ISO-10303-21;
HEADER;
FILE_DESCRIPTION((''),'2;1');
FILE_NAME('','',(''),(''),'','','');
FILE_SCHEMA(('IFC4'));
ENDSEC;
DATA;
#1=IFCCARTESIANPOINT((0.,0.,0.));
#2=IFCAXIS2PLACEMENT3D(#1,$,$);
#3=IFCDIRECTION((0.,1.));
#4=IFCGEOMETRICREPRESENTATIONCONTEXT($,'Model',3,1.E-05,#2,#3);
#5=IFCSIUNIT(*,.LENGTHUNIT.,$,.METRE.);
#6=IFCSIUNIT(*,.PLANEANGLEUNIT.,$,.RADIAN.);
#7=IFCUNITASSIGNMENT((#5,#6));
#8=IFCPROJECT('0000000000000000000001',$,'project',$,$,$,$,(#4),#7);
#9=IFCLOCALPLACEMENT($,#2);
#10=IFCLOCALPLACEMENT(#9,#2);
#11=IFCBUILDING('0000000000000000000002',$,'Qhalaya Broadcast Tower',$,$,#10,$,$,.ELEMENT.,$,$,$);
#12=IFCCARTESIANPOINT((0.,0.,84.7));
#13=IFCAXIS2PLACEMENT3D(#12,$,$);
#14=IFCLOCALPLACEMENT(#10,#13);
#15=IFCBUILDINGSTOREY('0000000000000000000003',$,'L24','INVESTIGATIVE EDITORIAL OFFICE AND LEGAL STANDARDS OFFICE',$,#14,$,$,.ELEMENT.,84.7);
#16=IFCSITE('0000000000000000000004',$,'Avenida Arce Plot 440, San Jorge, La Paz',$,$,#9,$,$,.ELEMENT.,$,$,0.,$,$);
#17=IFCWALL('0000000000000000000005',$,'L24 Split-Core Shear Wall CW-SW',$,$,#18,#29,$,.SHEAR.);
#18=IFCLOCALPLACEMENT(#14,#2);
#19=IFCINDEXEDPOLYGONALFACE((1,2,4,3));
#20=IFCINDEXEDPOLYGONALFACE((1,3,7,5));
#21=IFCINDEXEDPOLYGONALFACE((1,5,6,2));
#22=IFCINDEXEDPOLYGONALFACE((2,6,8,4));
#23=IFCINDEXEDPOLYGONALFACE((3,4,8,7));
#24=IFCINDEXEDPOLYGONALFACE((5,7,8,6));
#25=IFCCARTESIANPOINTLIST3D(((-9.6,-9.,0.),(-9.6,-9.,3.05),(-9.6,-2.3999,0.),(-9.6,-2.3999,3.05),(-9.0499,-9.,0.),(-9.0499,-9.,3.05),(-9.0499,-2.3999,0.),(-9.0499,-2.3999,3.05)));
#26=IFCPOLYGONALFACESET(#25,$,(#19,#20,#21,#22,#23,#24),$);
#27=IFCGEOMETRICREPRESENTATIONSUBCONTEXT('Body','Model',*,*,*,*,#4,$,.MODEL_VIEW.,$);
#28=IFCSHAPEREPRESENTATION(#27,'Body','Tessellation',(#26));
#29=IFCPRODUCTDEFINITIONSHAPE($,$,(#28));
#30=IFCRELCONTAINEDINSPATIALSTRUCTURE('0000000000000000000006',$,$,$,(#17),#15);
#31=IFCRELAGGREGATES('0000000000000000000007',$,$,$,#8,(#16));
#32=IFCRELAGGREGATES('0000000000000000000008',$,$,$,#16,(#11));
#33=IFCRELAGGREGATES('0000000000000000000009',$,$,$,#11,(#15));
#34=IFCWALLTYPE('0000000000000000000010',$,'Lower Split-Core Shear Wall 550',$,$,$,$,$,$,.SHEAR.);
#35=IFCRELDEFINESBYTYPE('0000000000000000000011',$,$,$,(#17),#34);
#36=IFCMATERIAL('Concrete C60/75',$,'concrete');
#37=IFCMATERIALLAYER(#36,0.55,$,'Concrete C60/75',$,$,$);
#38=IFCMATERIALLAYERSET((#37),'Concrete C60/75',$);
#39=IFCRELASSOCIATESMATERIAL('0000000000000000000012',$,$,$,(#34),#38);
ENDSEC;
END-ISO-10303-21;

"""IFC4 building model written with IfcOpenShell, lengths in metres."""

from ifc_helpers import new_model, si_unit, direction, frame, frame_2d, origin, place, context, subcontext, project, spatial, rectangle, extrude, material, layer, layer_set, type_object, element, save


model = new_model("IFC4")

# Units and contexts
model_context = context("Model", 3, precision=1e-05, world=origin(), true_north=direction((0.0, 1.0)))
body_context = subcontext(model_context, "Body", "Model", "MODEL_VIEW")
ifc_project = project(units=[si_unit("LENGTHUNIT", "METRE"), si_unit("PLANEANGLEUNIT", "RADIAN")], contexts=[model_context])

# Site, building, storey
site_placement = place(None, origin())
site = spatial("IfcSite", under=ifc_project, at=site_placement, Name="Avenida Arce Plot 440, San Jorge, La Paz", CompositionType="ELEMENT", RefElevation=0.0)
building_placement = place(site_placement, origin())
building = spatial("IfcBuilding", under=site, at=building_placement, Name="Qhalaya Broadcast Tower", CompositionType="ELEMENT")
storey_placement = place(building_placement, frame((0.0, 0.0, 84.7)))
storey = spatial("IfcBuildingStorey", under=building, at=storey_placement, Name="L24", Description="INVESTIGATIVE EDITORIAL OFFICE AND LEGAL STANDARDS OFFICE", CompositionType="ELEMENT", Elevation=84.7)

# Shared definitions
ifc_material_1 = material(Name="Concrete C60/75", Category="concrete")
ifc_layer_1 = layer(ifc_material_1, 0.55, Name="Concrete C60/75")
ifc_layer_set_1 = layer_set([ifc_layer_1], Name="Concrete C60/75")
wall_type = type_object("IfcWallType", Name="Lower Split-Core Shear Wall 550", PredefinedType="SHEAR", material=ifc_layer_set_1)

# Wall
wall_1_placement = place(storey_placement, frame((-9.325, -9.0, 0.0), z_axis=(0.0, 0.0, 1.0), x_axis=(0.0, 1.0, 0.0)))
element("IfcWall", 1, at=wall_1_placement, inside=storey, type_object=wall_type, Name="L24 Split-Core Shear Wall CW-SW", PredefinedType="SHEAR", context=body_context, shape_type="SweptSolid", body=[
    extrude(rectangle(XDim=6.6001, YDim=0.55, at=frame_2d((3.3, 0.0))), origin(), (0.0, 0.0, 1.0), 3.05),
])

save(model, "model.ifc")
